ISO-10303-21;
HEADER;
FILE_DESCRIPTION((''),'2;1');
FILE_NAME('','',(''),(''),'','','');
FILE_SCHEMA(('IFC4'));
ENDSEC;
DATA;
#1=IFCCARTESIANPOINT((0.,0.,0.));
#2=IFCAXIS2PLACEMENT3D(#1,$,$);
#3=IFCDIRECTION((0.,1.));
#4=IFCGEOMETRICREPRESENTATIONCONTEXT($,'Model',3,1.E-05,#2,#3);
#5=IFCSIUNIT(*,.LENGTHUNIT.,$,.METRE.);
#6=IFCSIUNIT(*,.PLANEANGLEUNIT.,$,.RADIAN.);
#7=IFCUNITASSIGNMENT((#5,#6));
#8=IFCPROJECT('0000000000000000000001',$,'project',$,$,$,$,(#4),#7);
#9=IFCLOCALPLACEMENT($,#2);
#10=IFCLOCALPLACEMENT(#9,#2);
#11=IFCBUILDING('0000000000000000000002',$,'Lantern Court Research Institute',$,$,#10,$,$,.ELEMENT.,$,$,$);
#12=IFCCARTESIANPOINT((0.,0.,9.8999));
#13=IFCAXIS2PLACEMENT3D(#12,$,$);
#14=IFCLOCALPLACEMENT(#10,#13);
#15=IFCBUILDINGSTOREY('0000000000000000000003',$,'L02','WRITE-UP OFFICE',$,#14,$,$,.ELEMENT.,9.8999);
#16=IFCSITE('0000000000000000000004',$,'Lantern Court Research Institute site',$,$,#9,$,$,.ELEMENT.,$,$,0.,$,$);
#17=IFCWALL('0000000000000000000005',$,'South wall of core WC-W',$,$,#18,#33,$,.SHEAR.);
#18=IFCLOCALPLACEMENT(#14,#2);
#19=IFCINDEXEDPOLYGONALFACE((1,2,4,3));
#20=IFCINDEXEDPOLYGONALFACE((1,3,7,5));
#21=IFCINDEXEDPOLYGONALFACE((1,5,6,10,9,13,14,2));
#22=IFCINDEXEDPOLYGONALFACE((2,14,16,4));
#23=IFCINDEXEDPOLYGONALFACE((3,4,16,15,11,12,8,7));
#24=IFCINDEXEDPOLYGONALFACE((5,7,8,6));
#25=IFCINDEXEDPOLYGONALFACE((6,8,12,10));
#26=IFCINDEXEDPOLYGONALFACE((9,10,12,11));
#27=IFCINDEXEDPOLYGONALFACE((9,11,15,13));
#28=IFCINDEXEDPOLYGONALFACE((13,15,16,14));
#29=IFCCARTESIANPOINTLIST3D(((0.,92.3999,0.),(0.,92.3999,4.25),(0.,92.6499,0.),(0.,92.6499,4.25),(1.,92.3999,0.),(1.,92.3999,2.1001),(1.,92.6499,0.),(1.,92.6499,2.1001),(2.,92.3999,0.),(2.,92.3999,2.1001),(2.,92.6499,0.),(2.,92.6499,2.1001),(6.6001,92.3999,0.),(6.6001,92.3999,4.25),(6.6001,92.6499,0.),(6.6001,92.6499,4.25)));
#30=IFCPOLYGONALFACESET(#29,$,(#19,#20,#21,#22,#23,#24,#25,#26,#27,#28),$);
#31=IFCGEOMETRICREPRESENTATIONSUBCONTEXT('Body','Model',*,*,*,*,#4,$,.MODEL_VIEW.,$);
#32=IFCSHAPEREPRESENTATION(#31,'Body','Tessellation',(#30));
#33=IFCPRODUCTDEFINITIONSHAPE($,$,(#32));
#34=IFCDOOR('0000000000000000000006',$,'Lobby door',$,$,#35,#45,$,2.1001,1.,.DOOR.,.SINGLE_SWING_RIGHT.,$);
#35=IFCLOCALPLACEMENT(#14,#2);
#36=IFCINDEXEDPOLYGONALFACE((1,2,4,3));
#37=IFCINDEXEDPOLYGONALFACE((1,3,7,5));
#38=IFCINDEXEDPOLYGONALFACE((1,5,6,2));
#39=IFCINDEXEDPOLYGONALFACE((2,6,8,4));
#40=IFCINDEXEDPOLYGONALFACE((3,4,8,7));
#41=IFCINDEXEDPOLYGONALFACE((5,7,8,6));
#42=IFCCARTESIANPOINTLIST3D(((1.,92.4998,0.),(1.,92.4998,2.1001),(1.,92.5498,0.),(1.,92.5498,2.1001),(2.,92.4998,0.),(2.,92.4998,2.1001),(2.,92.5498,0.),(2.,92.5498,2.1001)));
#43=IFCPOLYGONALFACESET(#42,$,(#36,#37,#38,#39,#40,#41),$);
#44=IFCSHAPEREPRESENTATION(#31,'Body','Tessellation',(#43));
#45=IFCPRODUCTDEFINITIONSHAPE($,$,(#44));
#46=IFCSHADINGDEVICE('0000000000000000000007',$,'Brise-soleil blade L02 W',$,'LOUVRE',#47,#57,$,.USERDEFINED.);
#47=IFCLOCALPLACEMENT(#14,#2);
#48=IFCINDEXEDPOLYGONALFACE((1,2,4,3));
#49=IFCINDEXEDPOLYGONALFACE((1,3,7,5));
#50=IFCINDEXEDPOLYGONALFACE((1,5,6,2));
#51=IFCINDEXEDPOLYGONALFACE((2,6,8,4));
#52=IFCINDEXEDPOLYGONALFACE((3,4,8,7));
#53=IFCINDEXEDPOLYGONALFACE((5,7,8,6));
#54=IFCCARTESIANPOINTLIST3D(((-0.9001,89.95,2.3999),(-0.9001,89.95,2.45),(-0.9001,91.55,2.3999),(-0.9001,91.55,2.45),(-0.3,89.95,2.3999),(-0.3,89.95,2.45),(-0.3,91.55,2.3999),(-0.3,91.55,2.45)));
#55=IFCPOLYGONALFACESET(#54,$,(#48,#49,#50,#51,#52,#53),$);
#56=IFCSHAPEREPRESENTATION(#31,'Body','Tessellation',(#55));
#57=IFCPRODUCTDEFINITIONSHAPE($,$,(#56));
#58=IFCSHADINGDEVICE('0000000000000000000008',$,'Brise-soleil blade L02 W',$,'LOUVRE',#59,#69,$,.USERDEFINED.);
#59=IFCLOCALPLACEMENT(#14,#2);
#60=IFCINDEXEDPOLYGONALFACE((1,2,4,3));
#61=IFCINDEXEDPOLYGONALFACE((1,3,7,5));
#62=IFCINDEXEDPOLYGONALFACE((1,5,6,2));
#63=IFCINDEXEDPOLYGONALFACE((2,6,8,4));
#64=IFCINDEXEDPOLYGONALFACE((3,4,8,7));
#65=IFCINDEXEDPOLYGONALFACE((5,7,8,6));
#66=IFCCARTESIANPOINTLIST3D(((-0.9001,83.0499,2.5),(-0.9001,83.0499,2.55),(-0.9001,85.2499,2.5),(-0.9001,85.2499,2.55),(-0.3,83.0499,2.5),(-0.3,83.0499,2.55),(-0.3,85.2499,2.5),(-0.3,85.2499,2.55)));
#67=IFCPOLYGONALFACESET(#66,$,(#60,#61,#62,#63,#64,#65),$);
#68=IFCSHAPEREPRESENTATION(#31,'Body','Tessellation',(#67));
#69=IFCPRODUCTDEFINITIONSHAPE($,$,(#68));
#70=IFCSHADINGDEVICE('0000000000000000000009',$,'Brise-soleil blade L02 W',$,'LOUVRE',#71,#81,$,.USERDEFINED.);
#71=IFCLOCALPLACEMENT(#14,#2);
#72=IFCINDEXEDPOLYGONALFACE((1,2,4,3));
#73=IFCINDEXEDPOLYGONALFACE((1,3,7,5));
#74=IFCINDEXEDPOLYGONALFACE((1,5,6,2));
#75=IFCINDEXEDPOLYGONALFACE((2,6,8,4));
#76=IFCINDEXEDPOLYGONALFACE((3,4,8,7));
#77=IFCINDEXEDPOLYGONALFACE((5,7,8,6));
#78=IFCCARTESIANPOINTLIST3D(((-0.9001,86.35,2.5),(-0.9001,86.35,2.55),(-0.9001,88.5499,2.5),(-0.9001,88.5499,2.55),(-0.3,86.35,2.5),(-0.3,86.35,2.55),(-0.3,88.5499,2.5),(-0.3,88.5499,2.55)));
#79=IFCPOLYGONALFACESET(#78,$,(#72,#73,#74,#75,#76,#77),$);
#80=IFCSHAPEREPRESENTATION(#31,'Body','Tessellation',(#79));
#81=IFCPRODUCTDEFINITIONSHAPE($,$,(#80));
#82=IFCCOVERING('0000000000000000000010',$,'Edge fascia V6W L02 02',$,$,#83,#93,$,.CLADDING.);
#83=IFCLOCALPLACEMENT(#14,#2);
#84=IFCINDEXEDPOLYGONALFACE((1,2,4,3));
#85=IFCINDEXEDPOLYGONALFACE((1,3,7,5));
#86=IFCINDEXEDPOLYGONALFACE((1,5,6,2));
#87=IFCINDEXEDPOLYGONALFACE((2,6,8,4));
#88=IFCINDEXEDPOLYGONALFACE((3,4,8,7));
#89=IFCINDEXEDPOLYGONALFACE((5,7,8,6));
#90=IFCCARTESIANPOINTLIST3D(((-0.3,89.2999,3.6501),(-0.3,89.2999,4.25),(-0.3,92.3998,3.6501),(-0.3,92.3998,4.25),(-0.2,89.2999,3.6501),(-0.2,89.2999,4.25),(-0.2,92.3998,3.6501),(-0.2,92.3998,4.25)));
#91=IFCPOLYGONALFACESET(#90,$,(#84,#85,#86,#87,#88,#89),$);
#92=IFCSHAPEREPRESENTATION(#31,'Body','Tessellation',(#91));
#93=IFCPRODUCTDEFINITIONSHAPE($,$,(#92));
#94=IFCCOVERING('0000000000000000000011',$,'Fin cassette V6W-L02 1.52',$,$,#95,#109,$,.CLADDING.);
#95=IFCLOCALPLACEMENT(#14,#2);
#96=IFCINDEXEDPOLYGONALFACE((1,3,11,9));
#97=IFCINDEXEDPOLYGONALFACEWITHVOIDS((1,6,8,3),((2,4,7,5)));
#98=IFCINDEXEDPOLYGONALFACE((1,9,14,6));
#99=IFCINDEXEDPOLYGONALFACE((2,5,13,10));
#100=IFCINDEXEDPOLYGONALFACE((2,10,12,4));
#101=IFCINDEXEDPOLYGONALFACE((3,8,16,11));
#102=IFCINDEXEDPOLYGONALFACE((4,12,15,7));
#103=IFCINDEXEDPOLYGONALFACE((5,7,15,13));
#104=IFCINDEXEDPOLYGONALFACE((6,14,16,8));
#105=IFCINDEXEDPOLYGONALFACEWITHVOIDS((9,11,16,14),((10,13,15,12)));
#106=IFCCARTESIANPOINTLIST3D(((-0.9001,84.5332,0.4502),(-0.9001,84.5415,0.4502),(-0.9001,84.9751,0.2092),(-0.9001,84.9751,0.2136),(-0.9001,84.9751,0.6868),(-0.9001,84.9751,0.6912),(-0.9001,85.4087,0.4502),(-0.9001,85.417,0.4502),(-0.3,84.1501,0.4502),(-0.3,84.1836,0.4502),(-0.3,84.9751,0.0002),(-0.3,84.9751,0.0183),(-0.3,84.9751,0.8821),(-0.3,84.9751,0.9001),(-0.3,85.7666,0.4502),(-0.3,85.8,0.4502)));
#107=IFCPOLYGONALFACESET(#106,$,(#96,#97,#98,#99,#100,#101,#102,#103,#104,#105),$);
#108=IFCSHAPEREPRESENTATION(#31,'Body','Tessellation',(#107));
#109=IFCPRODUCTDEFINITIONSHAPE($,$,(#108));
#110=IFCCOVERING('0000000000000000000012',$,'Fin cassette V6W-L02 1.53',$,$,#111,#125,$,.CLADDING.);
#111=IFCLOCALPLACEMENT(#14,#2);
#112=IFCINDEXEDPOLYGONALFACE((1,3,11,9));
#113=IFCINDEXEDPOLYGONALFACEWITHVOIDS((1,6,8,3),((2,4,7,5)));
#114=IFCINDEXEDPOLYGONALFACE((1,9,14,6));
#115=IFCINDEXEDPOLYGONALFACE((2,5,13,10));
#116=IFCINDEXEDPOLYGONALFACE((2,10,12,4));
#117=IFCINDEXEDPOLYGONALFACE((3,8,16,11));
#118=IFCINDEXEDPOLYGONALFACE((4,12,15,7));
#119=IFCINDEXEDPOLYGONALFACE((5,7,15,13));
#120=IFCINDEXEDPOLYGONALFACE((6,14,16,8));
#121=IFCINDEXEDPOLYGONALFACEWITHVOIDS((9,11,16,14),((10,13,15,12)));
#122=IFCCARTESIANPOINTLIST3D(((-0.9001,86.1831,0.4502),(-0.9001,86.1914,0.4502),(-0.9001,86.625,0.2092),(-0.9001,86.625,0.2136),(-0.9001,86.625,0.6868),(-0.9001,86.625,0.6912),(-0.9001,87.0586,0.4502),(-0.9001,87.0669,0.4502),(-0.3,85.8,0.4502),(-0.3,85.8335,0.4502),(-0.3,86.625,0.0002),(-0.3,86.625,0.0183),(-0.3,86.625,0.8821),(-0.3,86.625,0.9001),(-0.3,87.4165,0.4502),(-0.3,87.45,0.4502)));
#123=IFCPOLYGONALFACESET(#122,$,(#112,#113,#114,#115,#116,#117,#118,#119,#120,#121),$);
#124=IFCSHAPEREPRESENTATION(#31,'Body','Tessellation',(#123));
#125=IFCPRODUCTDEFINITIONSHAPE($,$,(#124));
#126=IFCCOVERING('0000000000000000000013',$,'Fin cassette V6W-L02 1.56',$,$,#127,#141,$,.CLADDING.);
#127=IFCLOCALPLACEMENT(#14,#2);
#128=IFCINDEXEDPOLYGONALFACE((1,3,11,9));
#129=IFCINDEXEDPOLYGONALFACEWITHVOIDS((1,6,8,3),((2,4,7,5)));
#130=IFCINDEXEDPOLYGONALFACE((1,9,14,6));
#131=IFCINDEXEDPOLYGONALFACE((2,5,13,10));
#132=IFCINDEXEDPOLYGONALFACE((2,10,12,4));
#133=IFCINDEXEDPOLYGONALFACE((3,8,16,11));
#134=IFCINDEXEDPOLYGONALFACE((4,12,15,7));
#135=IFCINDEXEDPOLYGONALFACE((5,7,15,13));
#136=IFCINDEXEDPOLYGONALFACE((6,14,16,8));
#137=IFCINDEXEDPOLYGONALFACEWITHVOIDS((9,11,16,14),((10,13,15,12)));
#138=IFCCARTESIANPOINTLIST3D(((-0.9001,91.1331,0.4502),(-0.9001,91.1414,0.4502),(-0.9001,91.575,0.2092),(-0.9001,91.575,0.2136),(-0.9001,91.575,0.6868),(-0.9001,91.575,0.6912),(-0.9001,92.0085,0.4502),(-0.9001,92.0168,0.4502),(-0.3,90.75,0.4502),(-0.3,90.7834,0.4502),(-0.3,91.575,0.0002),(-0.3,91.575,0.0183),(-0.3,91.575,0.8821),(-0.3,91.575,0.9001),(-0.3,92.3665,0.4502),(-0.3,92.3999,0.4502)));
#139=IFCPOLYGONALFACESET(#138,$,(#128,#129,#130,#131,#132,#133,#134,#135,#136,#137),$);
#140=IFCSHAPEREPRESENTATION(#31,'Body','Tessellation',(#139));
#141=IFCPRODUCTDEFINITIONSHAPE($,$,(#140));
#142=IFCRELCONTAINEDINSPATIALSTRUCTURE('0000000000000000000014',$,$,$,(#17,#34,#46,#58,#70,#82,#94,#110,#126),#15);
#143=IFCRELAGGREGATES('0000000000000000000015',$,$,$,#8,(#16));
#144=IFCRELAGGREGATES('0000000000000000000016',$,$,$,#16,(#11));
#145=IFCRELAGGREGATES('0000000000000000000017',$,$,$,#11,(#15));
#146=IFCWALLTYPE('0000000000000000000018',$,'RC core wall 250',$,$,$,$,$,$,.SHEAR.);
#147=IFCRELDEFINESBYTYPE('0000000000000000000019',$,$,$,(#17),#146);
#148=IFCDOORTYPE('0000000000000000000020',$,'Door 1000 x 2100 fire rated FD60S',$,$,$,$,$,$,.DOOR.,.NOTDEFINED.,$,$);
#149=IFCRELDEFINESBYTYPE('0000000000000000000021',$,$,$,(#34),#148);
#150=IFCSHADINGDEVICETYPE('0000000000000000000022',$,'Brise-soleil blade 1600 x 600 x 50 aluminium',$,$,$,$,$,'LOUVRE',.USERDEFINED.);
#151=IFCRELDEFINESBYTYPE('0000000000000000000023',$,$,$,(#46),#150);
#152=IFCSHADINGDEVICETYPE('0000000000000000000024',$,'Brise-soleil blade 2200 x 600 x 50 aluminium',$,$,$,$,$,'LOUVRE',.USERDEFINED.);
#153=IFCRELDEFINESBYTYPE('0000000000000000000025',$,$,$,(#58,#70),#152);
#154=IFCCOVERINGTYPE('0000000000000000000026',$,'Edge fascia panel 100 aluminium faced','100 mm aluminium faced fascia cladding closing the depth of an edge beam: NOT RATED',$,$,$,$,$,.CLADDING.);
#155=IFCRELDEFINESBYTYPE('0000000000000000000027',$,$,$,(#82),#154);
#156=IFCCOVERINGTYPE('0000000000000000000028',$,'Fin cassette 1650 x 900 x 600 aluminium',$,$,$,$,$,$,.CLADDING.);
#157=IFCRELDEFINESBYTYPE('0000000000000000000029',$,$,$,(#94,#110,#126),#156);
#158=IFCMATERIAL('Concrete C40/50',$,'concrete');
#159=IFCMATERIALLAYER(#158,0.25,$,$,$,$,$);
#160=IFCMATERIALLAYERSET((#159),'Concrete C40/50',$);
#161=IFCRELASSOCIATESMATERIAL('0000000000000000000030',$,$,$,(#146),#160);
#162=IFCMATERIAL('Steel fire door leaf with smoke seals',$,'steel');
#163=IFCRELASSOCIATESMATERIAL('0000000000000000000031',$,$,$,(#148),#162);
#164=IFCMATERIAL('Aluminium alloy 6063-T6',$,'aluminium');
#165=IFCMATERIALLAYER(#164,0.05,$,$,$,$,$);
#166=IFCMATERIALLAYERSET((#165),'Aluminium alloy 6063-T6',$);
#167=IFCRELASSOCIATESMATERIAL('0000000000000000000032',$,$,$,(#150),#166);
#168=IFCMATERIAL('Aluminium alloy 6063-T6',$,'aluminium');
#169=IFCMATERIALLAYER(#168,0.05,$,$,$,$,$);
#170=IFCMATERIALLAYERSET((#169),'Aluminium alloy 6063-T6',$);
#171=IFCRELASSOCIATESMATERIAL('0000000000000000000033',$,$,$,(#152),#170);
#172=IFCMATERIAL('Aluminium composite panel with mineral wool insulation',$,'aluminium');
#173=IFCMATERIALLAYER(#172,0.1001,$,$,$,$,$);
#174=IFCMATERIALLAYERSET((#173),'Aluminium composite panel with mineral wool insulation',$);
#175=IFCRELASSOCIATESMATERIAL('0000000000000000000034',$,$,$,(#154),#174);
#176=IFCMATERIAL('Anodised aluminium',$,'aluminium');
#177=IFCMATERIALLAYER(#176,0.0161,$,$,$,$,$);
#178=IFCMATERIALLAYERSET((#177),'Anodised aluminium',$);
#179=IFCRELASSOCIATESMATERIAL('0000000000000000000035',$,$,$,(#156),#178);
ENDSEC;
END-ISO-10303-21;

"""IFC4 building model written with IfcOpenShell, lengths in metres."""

from ifc_helpers import new_model, entity, si_unit, direction, frame, frame_2d, origin, origin_2d, place, context, subcontext, project, spatial, rectangle, extrude, material, layer, layer_set, type_object, element, fill, save


model = new_model("IFC4")

# Units and contexts
model_context = context("Model", 3, precision=1e-05, world=origin(), true_north=direction((0.0, 1.0)))
body_context = subcontext(model_context, "Body", "Model", "MODEL_VIEW")
ifc_project = project(units=[si_unit("LENGTHUNIT", "METRE"), si_unit("PLANEANGLEUNIT", "RADIAN")], contexts=[model_context])

# Site, building, storey
site_placement = place(None, origin())
site = spatial("IfcSite", under=ifc_project, at=site_placement, Name="Lantern Court Research Institute site", CompositionType="ELEMENT", RefElevation=0.0)
building_placement = place(site_placement, origin())
building = spatial("IfcBuilding", under=site, at=building_placement, Name="Lantern Court Research Institute", CompositionType="ELEMENT")
storey_placement = place(building_placement, frame((0.0, 0.0, 9.8999)))
storey = spatial("IfcBuildingStorey", under=building, at=storey_placement, Name="L02", Description="WRITE-UP OFFICE", CompositionType="ELEMENT", Elevation=9.8999)

# Wall, opening, door
ifc_material_1 = material(Name="Concrete C40/50", Category="concrete")
ifc_layer_1 = layer(ifc_material_1, 0.25)
ifc_layer_set_1 = layer_set([ifc_layer_1], Name="Concrete C40/50")
wall_type_1 = type_object("IfcWallType", Name="RC core wall 250", PredefinedType="SHEAR", material=ifc_layer_set_1)
wall_1_placement = place(storey_placement, frame((0.0, 92.5249, 0.0), z_axis=(0.0, 0.0, 1.0), x_axis=(1.0, 0.0, 0.0)))
wall_1 = element("IfcWall", 1, at=wall_1_placement, inside=storey, type_object=wall_type_1, Name="South wall of core WC-W", PredefinedType="SHEAR", context=body_context, shape_type="SweptSolid", body=[
    extrude(rectangle(XDim=6.6001, YDim=0.25, at=frame_2d((3.3, 0.0))), origin(), (0.0, 0.0, 1.0), 4.25),
])
opening_1_placement = place(wall_1_placement, frame((1.0, 0.0, 0.0)))
opening_1 = element("IfcOpeningElement", 2, at=opening_1_placement, cuts=wall_1, PredefinedType="OPENING", context=body_context, shape_type="SweptSolid", body=[
    extrude(rectangle(XDim=1.0, YDim=2.1001, at=frame_2d((0.5, 1.05))), frame((0.0, 0.135, 0.0), z_axis=(0.0, -1.0, 0.0), x_axis=(1.0, 0.0, 0.0)), (0.0, 0.0, 1.0), 0.27),
])
ifc_material_2 = material(Name="Steel fire door leaf with smoke seals", Category="steel")
door_type_1 = type_object("IfcDoorType", Name="Door 1000 x 2100 fire rated FD60S", OperationType="NOTDEFINED", PredefinedType="DOOR", material=ifc_material_2)
door_1_placement = place(opening_1_placement, origin())
door_1 = element("IfcDoor", 3, at=door_1_placement, inside=storey, type_object=door_type_1, Name="Lobby door", OperationType="SINGLE_SWING_RIGHT", OverallHeight=2.1001, OverallWidth=1.0, PredefinedType="DOOR", context=body_context, shape_type="SweptSolid", body=[
    extrude(rectangle(XDim=1.0, YDim=2.1001, at=frame_2d((0.5, 1.05))), frame((0.0, 0.0249, 0.0), z_axis=(0.0, -1.0, 0.0), x_axis=(1.0, 0.0, 0.0)), (0.0, 0.0, 1.0), 0.05),
])
fill(opening_1, door_1)

# Shading devices
ifc_material_3 = material(Name="Aluminium alloy 6063-T6", Category="aluminium")
ifc_layer_2 = layer(ifc_material_3, 0.05)
ifc_layer_set_2 = layer_set([ifc_layer_2], Name="Aluminium alloy 6063-T6")
shading_device_type_1 = type_object("IfcShadingDeviceType", Name="Brise-soleil blade 1600 x 600 x 50 aluminium", ElementType="LOUVRE", PredefinedType="USERDEFINED", material=ifc_layer_set_2)
shading_device_placement = place(storey_placement, frame((-0.6001, 90.75, 2.3999), z_axis=(0.0, 0.0, 1.0), x_axis=(0.0, 1.0, 0.0)))
element("IfcShadingDevice", 4, at=shading_device_placement, inside=storey, type_object=shading_device_type_1, Name="Brise-soleil blade L02 W", ObjectType="LOUVRE", PredefinedType="USERDEFINED", context=body_context, shape_type="SweptSolid", body=[
    extrude(rectangle(XDim=1.6001, YDim=0.6001, at=origin_2d()), origin(), (0.0, 0.0, 1.0), 0.05),
])
ifc_material_4 = material(Name="Aluminium alloy 6063-T6", Category="aluminium")
ifc_layer_3 = layer(ifc_material_4, 0.05)
ifc_layer_set_3 = layer_set([ifc_layer_3], Name="Aluminium alloy 6063-T6")
shading_device_type_2 = type_object("IfcShadingDeviceType", Name="Brise-soleil blade 2200 x 600 x 50 aluminium", ElementType="LOUVRE", PredefinedType="USERDEFINED", material=ifc_layer_set_3)
for number, where, z_axis, x_axis, name in (
    (5, (-0.6001, 84.1499, 2.5), (0.0, 0.0, 1.0), (0.0, 1.0, 0.0), "Brise-soleil blade L02 W"),
    (6, (-0.6001, 87.45, 2.5), (0.0, 0.0, 1.0), (0.0, 1.0, 0.0), "Brise-soleil blade L02 W"),
):
    element("IfcShadingDevice", number, at=place(storey_placement, frame(where, z_axis=z_axis, x_axis=x_axis)), inside=storey, type_object=shading_device_type_2, Name=name, ObjectType="LOUVRE", PredefinedType="USERDEFINED", context=body_context, shape_type="SweptSolid", body=[
        extrude(rectangle(XDim=2.2, YDim=0.6001, at=origin_2d()), origin(), (0.0, 0.0, 1.0), 0.05),
    ])

# Coverings
ifc_material_5 = material(Name="Aluminium composite panel with mineral wool insulation", Category="aluminium")
ifc_layer_4 = layer(ifc_material_5, 0.1001)
ifc_layer_set_4 = layer_set([ifc_layer_4], Name="Aluminium composite panel with mineral wool insulation")
covering_type_1 = type_object("IfcCoveringType", Name="Edge fascia panel 100 aluminium faced", Description="100 mm aluminium faced fascia cladding closing the depth of an edge beam: NOT RATED", PredefinedType="CLADDING", material=ifc_layer_set_4)
covering_1_placement = place(storey_placement, frame((-0.25, 89.3, 3.6501), z_axis=(0.0, 0.0, 1.0), x_axis=(0.0, 1.0, 0.0)))
element("IfcCovering", 7, at=covering_1_placement, inside=storey, type_object=covering_type_1, Name="Edge fascia V6W L02 02", PredefinedType="CLADDING", context=body_context, shape_type="SweptSolid", body=[
    extrude(rectangle(XDim=3.0999, YDim=0.1001, at=frame_2d((1.5498, 0.0))), origin(), (0.0, 0.0, 1.0), 0.5999),
])
ifc_material_6 = material(Name="Anodised aluminium", Category="aluminium")
ifc_layer_5 = layer(ifc_material_6, 0.0161)
ifc_layer_set_5 = layer_set([ifc_layer_5], Name="Anodised aluminium")
covering_type_2 = type_object("IfcCoveringType", Name="Fin cassette 1650 x 900 x 600 aluminium", PredefinedType="CLADDING", material=ifc_layer_set_5)
covering_2_placement = place(storey_placement, frame((-0.3, 84.9751, 0.4502), z_axis=(-1.0, 0.0, 0.0), x_axis=(0.0, -1.0, 0.0)))
cartesian_point_1 = entity("IfcCartesianPoint", [0.825, 0.0])
cartesian_point_2 = entity("IfcCartesianPoint", [0.7915, 0.0])
cartesian_point_3 = entity("IfcCartesianPoint", [0.4419, 0.0])
cartesian_point_4 = entity("IfcCartesianPoint", [0.4336, 0.0])
element("IfcCovering", 8, at=covering_2_placement, inside=storey, type_object=covering_type_2, Name="Fin cassette V6W-L02 1.52", PredefinedType="CLADDING", context=body_context, shape_type="SweptSolid", body=[
    entity("IfcExtrudedAreaSolidTapered", entity("IfcArbitraryProfileDefWithVoids", "AREA", None, entity("IfcPolyline", [cartesian_point_1, entity("IfcCartesianPoint", [0.0, 0.45]), entity("IfcCartesianPoint", [-0.825, 0.0]), entity("IfcCartesianPoint", [0.0, -0.45]), cartesian_point_1]), [entity("IfcPolyline", [cartesian_point_2, entity("IfcCartesianPoint", [0.0, 0.4319]), entity("IfcCartesianPoint", [-0.7915, 0.0]), entity("IfcCartesianPoint", [0.0, -0.4319]), cartesian_point_2])]), entity("IfcAxis2Placement3D", entity("IfcCartesianPoint", [0.0, 0.0, 0.0])), entity("IfcDirection", [0.0, 0.0, 1.0]), 0.6001, entity("IfcArbitraryProfileDefWithVoids", "AREA", None, entity("IfcPolyline", [cartesian_point_3, entity("IfcCartesianPoint", [0.0, 0.241]), entity("IfcCartesianPoint", [-0.4419, 0.0]), entity("IfcCartesianPoint", [0.0, -0.241]), cartesian_point_3]), [entity("IfcPolyline", [cartesian_point_4, entity("IfcCartesianPoint", [0.0, 0.2366]), entity("IfcCartesianPoint", [-0.4336, 0.0]), entity("IfcCartesianPoint", [0.0, -0.2366]), cartesian_point_4])])),
])
covering_3_placement = place(storey_placement, frame((-0.3, 86.625, 0.4502), z_axis=(-1.0, 0.0, 0.0), x_axis=(0.0, -1.0, 0.0)))
cartesian_point_5 = entity("IfcCartesianPoint", [0.825, 0.0])
cartesian_point_6 = entity("IfcCartesianPoint", [0.7915, 0.0])
cartesian_point_7 = entity("IfcCartesianPoint", [0.4419, 0.0])
cartesian_point_8 = entity("IfcCartesianPoint", [0.4336, 0.0])
element("IfcCovering", 9, at=covering_3_placement, inside=storey, type_object=covering_type_2, Name="Fin cassette V6W-L02 1.53", PredefinedType="CLADDING", context=body_context, shape_type="SweptSolid", body=[
    entity("IfcExtrudedAreaSolidTapered", entity("IfcArbitraryProfileDefWithVoids", "AREA", None, entity("IfcPolyline", [cartesian_point_5, entity("IfcCartesianPoint", [0.0, 0.45]), entity("IfcCartesianPoint", [-0.825, 0.0]), entity("IfcCartesianPoint", [0.0, -0.45]), cartesian_point_5]), [entity("IfcPolyline", [cartesian_point_6, entity("IfcCartesianPoint", [0.0, 0.4319]), entity("IfcCartesianPoint", [-0.7915, 0.0]), entity("IfcCartesianPoint", [0.0, -0.4319]), cartesian_point_6])]), entity("IfcAxis2Placement3D", entity("IfcCartesianPoint", [0.0, 0.0, 0.0])), entity("IfcDirection", [0.0, 0.0, 1.0]), 0.6001, entity("IfcArbitraryProfileDefWithVoids", "AREA", None, entity("IfcPolyline", [cartesian_point_7, entity("IfcCartesianPoint", [0.0, 0.241]), entity("IfcCartesianPoint", [-0.4419, 0.0]), entity("IfcCartesianPoint", [0.0, -0.241]), cartesian_point_7]), [entity("IfcPolyline", [cartesian_point_8, entity("IfcCartesianPoint", [0.0, 0.2366]), entity("IfcCartesianPoint", [-0.4336, 0.0]), entity("IfcCartesianPoint", [0.0, -0.2366]), cartesian_point_8])])),
])
covering_4_placement = place(storey_placement, frame((-0.3, 91.575, 0.4502), z_axis=(-1.0, 0.0, 0.0), x_axis=(0.0, -1.0, 0.0)))
cartesian_point_9 = entity("IfcCartesianPoint", [0.825, 0.0])
cartesian_point_10 = entity("IfcCartesianPoint", [0.7915, 0.0])
cartesian_point_11 = entity("IfcCartesianPoint", [0.4419, 0.0])
cartesian_point_12 = entity("IfcCartesianPoint", [0.4336, 0.0])
element("IfcCovering", 10, at=covering_4_placement, inside=storey, type_object=covering_type_2, Name="Fin cassette V6W-L02 1.56", PredefinedType="CLADDING", context=body_context, shape_type="SweptSolid", body=[
    entity("IfcExtrudedAreaSolidTapered", entity("IfcArbitraryProfileDefWithVoids", "AREA", None, entity("IfcPolyline", [cartesian_point_9, entity("IfcCartesianPoint", [0.0, 0.45]), entity("IfcCartesianPoint", [-0.825, 0.0]), entity("IfcCartesianPoint", [0.0, -0.45]), cartesian_point_9]), [entity("IfcPolyline", [cartesian_point_10, entity("IfcCartesianPoint", [0.0, 0.4319]), entity("IfcCartesianPoint", [-0.7915, 0.0]), entity("IfcCartesianPoint", [0.0, -0.4319]), cartesian_point_10])]), entity("IfcAxis2Placement3D", entity("IfcCartesianPoint", [0.0, 0.0, 0.0])), entity("IfcDirection", [0.0, 0.0, 1.0]), 0.6001, entity("IfcArbitraryProfileDefWithVoids", "AREA", None, entity("IfcPolyline", [cartesian_point_11, entity("IfcCartesianPoint", [0.0, 0.241]), entity("IfcCartesianPoint", [-0.4419, 0.0]), entity("IfcCartesianPoint", [0.0, -0.241]), cartesian_point_11]), [entity("IfcPolyline", [cartesian_point_12, entity("IfcCartesianPoint", [0.0, 0.2366]), entity("IfcCartesianPoint", [-0.4336, 0.0]), entity("IfcCartesianPoint", [0.0, -0.2366]), cartesian_point_12])])),
])

save(model, "model.ifc")
